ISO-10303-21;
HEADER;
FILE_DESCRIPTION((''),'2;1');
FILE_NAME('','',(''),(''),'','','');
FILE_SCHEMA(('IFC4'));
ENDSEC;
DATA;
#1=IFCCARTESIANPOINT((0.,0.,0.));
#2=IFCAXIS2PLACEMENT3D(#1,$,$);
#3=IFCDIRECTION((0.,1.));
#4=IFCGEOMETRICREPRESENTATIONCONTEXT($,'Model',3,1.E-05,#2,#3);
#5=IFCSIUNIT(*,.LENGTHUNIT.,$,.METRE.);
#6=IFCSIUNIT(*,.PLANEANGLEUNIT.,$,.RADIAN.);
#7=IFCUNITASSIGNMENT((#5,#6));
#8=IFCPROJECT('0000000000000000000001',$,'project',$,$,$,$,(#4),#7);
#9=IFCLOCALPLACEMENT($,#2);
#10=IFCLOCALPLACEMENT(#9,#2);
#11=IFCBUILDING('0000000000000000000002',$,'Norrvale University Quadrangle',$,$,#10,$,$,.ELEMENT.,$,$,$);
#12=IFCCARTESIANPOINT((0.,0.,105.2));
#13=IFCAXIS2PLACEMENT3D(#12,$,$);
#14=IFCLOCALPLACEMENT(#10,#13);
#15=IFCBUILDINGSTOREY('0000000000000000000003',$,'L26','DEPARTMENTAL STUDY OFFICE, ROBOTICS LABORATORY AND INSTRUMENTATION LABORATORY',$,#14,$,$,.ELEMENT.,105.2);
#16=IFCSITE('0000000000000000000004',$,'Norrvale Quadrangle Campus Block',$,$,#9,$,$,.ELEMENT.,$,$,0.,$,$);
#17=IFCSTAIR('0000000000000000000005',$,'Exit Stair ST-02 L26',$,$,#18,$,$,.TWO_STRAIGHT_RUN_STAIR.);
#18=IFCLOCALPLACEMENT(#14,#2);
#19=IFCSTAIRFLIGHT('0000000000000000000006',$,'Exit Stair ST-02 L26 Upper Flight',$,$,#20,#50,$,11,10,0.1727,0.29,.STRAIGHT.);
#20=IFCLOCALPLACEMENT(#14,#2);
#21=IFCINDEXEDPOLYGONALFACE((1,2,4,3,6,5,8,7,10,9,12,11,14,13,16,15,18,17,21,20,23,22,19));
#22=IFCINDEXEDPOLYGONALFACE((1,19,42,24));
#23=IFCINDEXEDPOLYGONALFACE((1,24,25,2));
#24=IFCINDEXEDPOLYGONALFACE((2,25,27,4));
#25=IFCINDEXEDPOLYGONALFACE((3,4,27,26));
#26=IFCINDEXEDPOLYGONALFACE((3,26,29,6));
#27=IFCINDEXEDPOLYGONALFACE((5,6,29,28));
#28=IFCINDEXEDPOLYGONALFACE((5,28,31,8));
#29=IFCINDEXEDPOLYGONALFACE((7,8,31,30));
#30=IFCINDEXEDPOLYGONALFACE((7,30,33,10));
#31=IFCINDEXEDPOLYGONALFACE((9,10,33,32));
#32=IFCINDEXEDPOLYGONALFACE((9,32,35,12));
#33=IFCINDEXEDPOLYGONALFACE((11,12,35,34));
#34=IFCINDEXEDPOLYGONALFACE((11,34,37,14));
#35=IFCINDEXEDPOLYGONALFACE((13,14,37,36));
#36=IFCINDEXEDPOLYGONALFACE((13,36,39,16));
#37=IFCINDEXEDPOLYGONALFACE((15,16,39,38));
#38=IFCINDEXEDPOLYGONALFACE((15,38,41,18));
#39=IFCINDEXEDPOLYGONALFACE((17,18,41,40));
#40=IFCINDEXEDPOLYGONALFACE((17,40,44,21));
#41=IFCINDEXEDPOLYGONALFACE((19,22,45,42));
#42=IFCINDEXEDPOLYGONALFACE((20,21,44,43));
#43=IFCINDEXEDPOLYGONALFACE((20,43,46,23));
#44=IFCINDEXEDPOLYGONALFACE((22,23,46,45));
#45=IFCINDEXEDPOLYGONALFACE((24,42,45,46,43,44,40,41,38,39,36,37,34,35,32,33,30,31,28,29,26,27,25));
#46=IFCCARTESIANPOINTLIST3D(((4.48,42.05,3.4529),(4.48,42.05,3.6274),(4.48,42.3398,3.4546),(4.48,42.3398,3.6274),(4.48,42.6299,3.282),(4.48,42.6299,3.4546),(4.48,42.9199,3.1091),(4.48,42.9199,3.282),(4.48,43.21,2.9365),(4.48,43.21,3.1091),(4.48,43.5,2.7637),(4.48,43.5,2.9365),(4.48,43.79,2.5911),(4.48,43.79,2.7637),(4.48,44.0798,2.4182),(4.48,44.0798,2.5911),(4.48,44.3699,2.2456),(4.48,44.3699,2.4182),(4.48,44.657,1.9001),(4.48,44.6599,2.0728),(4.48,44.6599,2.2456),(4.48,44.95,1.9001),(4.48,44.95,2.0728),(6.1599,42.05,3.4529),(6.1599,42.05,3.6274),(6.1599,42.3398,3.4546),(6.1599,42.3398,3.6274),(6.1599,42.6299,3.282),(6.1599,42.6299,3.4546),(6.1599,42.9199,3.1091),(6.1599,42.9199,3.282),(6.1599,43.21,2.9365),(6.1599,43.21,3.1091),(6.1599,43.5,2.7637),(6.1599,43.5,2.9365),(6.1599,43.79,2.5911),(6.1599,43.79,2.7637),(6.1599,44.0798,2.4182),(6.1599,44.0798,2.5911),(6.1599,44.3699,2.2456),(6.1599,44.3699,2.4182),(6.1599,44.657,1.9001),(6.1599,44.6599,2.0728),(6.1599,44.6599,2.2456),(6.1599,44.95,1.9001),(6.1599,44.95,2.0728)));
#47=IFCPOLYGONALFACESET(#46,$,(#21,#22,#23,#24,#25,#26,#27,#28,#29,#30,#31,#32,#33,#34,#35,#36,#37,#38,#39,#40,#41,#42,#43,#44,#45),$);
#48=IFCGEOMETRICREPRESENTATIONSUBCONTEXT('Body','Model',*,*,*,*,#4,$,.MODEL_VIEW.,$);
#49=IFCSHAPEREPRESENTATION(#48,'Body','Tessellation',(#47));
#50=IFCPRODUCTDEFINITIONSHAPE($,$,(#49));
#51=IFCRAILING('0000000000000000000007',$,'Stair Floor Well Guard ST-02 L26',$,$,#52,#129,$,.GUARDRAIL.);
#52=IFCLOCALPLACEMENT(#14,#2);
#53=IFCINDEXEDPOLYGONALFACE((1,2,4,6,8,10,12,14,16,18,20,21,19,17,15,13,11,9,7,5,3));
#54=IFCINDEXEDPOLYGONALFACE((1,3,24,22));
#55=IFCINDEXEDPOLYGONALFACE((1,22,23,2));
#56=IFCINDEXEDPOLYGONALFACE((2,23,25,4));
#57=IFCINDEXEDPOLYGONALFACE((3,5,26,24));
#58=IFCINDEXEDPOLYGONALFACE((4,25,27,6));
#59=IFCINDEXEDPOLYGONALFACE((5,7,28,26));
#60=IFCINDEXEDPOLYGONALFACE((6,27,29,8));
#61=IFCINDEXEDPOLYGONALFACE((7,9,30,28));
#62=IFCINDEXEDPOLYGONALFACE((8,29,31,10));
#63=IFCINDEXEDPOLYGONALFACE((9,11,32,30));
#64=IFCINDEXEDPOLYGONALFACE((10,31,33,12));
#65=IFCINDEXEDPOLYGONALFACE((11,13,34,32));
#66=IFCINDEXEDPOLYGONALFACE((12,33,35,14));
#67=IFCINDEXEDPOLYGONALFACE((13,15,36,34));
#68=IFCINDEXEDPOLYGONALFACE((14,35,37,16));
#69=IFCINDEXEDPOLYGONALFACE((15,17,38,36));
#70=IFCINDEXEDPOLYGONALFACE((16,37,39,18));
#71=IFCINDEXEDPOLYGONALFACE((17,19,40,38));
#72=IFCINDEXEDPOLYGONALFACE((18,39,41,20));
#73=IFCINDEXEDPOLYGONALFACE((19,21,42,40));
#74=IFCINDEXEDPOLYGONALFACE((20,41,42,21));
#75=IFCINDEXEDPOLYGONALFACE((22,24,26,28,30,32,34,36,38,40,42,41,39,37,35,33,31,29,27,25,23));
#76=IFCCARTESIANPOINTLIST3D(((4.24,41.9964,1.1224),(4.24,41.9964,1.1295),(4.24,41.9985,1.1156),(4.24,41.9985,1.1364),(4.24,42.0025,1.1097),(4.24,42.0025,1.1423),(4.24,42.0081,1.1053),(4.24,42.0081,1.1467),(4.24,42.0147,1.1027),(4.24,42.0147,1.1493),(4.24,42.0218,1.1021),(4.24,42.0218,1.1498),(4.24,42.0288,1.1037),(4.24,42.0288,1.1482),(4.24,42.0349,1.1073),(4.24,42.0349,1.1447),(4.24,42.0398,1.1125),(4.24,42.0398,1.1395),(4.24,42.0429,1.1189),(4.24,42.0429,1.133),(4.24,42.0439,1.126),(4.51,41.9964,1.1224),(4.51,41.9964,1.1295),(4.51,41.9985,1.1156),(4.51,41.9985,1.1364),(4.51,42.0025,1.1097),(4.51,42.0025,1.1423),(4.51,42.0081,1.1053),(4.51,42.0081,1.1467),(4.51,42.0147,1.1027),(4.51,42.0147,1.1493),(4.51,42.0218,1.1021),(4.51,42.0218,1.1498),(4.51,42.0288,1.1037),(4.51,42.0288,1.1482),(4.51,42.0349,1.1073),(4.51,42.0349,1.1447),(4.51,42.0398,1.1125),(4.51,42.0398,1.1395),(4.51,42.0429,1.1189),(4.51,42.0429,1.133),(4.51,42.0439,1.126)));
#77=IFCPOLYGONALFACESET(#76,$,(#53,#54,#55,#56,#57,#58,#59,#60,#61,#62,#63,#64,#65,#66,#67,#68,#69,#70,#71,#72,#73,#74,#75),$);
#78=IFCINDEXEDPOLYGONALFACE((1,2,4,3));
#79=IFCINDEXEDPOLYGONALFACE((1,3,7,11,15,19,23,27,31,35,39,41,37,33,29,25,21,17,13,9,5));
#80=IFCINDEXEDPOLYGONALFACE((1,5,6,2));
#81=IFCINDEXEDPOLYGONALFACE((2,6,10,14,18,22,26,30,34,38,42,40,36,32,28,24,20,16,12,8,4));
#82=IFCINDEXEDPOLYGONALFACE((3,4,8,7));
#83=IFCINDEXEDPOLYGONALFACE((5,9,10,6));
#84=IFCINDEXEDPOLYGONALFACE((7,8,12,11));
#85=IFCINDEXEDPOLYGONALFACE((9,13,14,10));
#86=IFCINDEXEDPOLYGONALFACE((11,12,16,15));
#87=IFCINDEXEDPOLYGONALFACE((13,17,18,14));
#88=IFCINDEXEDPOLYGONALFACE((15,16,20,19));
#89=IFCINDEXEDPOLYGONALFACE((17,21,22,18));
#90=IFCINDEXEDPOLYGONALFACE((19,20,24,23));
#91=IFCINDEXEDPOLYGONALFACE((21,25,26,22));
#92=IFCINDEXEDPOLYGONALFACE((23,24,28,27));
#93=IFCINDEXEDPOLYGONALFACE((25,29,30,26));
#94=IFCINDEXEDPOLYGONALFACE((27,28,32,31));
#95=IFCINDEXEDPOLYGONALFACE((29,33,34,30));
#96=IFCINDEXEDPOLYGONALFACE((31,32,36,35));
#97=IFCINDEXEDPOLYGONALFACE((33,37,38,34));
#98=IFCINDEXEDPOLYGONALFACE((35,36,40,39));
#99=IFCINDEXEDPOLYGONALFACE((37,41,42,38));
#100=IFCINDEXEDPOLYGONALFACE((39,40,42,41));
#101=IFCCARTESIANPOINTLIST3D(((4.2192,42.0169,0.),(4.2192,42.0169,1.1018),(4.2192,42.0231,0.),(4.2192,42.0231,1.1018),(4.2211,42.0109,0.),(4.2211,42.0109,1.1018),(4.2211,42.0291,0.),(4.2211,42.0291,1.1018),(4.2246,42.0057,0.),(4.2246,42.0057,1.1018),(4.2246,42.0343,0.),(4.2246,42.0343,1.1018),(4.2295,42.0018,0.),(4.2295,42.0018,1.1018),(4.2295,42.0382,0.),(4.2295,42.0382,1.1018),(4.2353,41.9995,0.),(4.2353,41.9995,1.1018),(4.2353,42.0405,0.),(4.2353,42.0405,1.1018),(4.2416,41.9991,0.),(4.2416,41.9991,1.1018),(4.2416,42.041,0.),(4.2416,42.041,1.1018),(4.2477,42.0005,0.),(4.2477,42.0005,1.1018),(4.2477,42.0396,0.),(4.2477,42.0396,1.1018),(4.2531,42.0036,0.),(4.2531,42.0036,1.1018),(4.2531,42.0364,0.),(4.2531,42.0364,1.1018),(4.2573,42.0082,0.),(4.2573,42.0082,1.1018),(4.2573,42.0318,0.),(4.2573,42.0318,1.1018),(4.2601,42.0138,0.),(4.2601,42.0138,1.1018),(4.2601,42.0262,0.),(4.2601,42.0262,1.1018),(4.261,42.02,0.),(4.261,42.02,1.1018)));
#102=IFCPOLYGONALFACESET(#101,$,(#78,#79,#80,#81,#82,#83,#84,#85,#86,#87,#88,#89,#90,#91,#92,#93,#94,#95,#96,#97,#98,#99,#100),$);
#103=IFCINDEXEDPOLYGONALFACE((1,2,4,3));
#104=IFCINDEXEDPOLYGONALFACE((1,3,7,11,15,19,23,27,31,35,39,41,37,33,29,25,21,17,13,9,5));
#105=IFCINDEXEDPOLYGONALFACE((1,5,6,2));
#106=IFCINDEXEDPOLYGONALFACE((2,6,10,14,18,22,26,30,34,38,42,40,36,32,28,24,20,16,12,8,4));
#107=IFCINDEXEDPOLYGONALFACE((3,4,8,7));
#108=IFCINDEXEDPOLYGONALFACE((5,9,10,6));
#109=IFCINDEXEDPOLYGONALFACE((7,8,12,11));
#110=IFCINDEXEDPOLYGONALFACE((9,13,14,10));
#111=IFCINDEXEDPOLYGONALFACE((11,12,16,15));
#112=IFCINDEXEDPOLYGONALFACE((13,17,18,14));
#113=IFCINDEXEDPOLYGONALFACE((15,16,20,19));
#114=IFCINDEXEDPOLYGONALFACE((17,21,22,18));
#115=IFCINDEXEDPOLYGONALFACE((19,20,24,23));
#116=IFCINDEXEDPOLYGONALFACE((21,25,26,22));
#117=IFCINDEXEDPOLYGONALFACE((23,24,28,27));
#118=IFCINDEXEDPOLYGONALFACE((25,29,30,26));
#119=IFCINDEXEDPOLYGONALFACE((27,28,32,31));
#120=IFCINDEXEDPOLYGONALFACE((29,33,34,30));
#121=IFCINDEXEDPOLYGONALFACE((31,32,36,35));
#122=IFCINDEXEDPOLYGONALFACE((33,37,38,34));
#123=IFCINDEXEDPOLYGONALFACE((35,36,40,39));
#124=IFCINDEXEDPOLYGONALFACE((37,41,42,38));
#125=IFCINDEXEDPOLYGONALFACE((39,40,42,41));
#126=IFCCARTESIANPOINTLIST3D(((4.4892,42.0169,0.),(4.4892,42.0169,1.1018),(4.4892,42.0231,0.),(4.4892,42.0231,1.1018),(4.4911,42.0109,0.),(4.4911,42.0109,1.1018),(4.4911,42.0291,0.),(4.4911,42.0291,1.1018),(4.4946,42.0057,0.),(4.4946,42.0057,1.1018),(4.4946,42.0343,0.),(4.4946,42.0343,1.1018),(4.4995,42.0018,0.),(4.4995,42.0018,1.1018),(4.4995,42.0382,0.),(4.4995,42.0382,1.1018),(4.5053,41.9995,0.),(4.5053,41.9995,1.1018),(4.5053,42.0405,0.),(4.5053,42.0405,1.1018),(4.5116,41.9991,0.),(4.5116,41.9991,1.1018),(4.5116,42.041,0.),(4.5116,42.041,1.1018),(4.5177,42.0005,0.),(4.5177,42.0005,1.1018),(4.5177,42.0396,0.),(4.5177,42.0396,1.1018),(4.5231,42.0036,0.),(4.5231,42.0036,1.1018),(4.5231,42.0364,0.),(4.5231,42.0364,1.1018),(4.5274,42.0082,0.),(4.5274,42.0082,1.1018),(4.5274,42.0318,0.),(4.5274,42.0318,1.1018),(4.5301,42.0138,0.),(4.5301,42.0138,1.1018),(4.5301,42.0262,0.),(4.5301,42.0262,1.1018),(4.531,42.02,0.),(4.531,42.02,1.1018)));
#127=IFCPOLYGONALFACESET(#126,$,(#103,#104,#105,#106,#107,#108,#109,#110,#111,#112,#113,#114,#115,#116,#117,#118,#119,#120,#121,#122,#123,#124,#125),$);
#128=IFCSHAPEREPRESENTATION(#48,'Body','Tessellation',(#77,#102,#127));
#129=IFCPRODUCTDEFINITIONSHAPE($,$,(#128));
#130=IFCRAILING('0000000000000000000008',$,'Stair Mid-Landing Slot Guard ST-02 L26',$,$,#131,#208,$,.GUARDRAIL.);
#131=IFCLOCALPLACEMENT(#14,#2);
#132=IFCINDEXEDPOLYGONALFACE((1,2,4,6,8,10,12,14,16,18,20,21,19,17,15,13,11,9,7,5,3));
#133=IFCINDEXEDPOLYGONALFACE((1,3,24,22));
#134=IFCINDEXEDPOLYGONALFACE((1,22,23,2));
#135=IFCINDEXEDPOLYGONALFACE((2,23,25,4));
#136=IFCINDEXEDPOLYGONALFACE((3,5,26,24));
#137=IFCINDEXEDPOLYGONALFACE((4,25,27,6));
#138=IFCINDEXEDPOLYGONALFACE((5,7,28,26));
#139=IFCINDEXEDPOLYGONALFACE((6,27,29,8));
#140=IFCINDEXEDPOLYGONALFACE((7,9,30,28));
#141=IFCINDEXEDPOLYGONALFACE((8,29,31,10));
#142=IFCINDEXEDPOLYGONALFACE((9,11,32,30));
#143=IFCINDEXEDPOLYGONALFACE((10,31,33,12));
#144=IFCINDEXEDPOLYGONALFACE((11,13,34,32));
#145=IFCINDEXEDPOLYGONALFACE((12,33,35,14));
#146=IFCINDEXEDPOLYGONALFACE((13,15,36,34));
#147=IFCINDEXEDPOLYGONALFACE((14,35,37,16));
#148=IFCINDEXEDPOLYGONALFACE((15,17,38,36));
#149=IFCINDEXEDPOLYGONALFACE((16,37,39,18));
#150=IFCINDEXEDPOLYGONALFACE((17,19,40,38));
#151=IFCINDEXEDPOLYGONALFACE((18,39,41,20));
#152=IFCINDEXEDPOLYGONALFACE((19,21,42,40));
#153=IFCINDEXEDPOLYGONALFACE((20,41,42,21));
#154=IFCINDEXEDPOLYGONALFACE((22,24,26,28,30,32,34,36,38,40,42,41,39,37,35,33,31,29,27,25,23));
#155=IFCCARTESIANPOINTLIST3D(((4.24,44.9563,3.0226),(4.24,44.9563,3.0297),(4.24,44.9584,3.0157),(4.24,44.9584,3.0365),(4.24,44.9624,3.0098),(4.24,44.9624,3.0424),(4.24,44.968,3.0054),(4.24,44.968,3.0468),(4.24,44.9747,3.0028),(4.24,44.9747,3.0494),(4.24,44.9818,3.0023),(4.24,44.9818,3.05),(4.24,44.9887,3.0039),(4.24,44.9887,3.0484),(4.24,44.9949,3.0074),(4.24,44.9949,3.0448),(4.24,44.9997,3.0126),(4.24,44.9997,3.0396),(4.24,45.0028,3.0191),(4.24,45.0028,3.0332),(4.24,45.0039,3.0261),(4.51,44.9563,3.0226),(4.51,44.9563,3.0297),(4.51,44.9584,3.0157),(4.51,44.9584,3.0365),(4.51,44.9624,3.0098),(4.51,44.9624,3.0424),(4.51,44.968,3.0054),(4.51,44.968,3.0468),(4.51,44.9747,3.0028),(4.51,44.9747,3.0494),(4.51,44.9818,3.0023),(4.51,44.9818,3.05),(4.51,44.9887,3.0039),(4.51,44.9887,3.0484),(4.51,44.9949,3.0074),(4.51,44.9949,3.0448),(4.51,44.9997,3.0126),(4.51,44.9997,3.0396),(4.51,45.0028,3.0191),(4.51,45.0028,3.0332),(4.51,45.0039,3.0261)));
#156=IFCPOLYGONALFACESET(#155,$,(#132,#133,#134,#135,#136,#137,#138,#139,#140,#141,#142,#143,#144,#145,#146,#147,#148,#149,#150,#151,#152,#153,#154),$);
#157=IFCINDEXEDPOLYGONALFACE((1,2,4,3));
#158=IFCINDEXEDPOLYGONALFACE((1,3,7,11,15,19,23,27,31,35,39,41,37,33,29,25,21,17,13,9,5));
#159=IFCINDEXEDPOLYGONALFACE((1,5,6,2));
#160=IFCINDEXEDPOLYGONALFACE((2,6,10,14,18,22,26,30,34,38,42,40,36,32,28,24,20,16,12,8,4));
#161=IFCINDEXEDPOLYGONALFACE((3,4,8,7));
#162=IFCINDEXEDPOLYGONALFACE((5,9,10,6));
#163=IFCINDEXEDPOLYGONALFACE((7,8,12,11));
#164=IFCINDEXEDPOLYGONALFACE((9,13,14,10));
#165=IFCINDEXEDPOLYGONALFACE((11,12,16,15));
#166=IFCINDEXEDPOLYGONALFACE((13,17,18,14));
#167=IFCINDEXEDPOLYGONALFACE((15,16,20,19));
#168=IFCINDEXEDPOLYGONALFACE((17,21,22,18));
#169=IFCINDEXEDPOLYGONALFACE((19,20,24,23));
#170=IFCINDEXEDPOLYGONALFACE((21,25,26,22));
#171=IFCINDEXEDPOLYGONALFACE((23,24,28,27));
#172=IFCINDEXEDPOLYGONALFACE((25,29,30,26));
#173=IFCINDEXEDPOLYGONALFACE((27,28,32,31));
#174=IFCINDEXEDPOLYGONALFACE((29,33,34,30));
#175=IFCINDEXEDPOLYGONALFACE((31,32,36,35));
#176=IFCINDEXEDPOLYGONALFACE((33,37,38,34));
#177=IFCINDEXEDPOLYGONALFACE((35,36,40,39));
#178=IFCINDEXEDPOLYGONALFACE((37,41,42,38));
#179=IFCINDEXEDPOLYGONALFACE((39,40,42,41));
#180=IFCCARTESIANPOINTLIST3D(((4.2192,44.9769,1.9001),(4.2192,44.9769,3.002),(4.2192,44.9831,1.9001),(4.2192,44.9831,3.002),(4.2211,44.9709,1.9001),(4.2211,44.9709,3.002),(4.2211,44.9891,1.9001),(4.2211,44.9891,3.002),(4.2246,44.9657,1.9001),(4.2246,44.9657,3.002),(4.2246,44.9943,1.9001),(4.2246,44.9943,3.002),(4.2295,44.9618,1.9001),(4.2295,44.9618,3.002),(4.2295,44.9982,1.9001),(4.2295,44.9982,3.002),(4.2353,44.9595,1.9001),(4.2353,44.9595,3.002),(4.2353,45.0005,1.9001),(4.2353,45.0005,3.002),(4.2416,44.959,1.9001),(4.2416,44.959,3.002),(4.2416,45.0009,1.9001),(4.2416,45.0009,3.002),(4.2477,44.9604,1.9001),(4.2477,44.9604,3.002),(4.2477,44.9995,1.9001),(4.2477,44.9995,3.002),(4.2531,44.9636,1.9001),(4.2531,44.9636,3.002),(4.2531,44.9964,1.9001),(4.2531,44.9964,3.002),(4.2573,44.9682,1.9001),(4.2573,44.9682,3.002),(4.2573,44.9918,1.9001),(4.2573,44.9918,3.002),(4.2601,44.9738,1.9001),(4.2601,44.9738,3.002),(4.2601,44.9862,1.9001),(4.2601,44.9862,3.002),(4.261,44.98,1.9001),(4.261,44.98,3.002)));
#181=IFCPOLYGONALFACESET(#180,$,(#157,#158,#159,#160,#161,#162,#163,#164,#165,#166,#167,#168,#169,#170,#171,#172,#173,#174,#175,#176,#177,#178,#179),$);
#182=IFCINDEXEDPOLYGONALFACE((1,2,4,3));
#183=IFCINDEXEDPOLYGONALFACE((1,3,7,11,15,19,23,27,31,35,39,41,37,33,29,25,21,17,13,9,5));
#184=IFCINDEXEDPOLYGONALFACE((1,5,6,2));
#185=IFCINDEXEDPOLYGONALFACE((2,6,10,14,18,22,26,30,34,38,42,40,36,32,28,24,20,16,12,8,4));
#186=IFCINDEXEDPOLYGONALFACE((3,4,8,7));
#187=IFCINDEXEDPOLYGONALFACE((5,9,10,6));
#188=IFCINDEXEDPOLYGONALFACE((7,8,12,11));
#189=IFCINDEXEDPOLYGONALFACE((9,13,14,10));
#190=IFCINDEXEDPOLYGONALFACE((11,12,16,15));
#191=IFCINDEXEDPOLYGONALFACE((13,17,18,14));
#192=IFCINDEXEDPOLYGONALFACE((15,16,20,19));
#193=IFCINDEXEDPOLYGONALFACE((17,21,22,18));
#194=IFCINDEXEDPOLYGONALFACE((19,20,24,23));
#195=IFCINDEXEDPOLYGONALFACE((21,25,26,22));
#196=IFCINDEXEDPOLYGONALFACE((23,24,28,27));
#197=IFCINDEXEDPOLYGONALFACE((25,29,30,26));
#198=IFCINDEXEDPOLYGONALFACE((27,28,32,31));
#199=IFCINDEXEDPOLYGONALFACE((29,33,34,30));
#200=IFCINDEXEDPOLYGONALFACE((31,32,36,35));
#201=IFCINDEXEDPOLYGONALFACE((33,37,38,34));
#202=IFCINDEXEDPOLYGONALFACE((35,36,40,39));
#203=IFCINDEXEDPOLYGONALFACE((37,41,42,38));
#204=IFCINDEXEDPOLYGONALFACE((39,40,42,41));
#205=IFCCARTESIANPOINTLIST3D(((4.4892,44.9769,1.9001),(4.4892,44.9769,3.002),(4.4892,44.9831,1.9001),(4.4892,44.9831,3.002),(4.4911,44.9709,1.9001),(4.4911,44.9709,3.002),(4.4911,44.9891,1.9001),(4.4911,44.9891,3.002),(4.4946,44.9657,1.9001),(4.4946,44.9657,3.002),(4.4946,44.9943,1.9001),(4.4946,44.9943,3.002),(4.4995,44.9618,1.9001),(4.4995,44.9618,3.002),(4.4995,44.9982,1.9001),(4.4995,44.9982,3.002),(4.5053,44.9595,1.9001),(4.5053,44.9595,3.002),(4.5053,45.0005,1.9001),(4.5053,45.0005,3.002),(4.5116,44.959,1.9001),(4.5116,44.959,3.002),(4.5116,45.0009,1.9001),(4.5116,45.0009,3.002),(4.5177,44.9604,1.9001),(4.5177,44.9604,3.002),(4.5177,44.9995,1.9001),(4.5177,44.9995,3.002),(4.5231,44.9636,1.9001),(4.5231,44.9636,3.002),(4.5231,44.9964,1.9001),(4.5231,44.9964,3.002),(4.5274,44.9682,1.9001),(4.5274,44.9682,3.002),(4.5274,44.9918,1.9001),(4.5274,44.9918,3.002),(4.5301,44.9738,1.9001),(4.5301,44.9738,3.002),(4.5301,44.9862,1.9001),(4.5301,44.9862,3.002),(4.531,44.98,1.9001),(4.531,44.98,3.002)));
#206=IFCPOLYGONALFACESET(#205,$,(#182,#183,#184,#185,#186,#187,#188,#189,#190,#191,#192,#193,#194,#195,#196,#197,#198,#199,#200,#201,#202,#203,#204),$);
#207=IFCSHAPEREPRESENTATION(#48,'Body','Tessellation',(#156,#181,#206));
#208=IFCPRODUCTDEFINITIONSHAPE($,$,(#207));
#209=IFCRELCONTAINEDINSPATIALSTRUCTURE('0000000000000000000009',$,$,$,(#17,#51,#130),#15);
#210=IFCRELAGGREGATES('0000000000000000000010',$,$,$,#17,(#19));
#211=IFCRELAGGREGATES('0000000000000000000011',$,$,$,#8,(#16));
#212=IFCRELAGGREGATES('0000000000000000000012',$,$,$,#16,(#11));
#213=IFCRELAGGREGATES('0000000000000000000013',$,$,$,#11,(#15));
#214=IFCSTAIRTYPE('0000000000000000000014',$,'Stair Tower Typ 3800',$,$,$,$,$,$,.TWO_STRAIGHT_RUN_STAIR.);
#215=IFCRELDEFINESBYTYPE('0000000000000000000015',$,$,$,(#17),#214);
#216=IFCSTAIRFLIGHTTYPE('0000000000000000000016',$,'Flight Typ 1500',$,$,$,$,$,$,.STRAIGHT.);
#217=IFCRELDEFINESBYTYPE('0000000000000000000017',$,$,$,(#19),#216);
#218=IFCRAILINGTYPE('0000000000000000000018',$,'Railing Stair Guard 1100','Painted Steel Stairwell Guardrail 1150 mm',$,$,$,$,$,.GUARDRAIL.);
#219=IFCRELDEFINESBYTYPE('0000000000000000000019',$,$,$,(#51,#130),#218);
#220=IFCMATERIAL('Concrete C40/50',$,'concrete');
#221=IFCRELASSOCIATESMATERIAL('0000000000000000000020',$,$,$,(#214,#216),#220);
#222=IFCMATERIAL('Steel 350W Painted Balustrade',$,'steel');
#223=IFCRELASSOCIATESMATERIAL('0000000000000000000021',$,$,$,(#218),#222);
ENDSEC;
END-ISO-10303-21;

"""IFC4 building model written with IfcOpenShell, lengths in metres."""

from ifc_helpers import new_model, si_unit, direction, frame, origin, origin_2d, place, context, subcontext, project, spatial, polyline, circle, outline, extrude, material, type_object, element, aggregate, save


model = new_model("IFC4")

# Units and contexts
model_context = context("Model", 3, precision=1e-05, world=origin(), true_north=direction((0.0, 1.0)))
body_context = subcontext(model_context, "Body", "Model", "MODEL_VIEW")
ifc_project = project(units=[si_unit("LENGTHUNIT", "METRE"), si_unit("PLANEANGLEUNIT", "RADIAN")], contexts=[model_context])

# Site, building, storey
site_placement = place(None, origin())
site = spatial("IfcSite", under=ifc_project, at=site_placement, Name="Norrvale Quadrangle Campus Block", CompositionType="ELEMENT", RefElevation=0.0)
building_placement = place(site_placement, origin())
building = spatial("IfcBuilding", under=site, at=building_placement, Name="Norrvale University Quadrangle", CompositionType="ELEMENT")
storey_placement = place(building_placement, frame((0.0, 0.0, 105.2)))
storey = spatial("IfcBuildingStorey", under=building, at=storey_placement, Name="L26", Description="DEPARTMENTAL STUDY OFFICE, ROBOTICS LABORATORY AND INSTRUMENTATION LABORATORY", CompositionType="ELEMENT", Elevation=105.2)

# Stair, stair flight
ifc_material_1 = material(Name="Concrete C40/50", Category="concrete")
stair_type = type_object("IfcStairType", Name="Stair Tower Typ 3800", PredefinedType="TWO_STRAIGHT_RUN_STAIR", material=ifc_material_1)
stair_placement = place(storey_placement, origin())
stair = element("IfcStair", 1, at=stair_placement, inside=storey, type_object=stair_type, Name="Exit Stair ST-02 L26", PredefinedType="TWO_STRAIGHT_RUN_STAIR")
stair_flight_type = type_object("IfcStairFlightType", Name="Flight Typ 1500", PredefinedType="STRAIGHT", material=ifc_material_1)
stair_flight_1_placement = place(storey_placement, frame((5.3201, 44.95, 1.9001), z_axis=(0.0, 0.0, 1.0), x_axis=(0.0, -1.0, 0.0)))
stair_flight_1 = element("IfcStairFlight", 2, at=stair_flight_1_placement, type_object=stair_flight_type, Name="Exit Stair ST-02 L26 Upper Flight", NumberOfRisers=11, NumberOfTreads=10, PredefinedType="STRAIGHT", RiserHeight=0.1727, TreadLength=0.29, context=body_context, shape_type="SweptSolid", body=[
    extrude(outline(polyline([(0.0, 0.0), (0.0, 0.1726), (0.29, 0.1726), (0.29, 0.3455), (0.5801, 0.3455), (0.5801, 0.5181), (0.8701, 0.5181), (0.8701, 0.6909), (1.1599, 0.6909), (1.1599, 0.8635), (1.45, 0.8635), (1.45, 1.0364), (1.74, 1.0364), (1.74, 1.209), (2.03, 1.209), (2.03, 1.3818), (2.3201, 1.3818), (2.3201, 1.5544), (2.6101, 1.5544), (2.6101, 1.7273), (2.8999, 1.7273), (2.8999, 1.8999), (2.8999, 1.5527), (0.293, 0.0), (0.0, 0.0)])), frame((0.0, 0.8398, 0.0), z_axis=(0.0, -1.0, 0.0), x_axis=(1.0, 0.0, 0.0)), (0.0, 0.0, 1.0), 1.6799),
])
aggregate(stair, [stair_flight_1])

# Railings
ifc_material_2 = material(Name="Steel 350W Painted Balustrade", Category="steel")
railing_type_1 = type_object("IfcRailingType", Name="Railing Stair Guard 1100", Description="Painted Steel Stairwell Guardrail 1150 mm", PredefinedType="GUARDRAIL", material=ifc_material_2)
for number, where, name in (
    (3, (4.24, 42.02, 0.0), "Stair Floor Well Guard ST-02 L26"),
    (4, (4.24, 44.98, 1.9001), "Stair Mid-Landing Slot Guard ST-02 L26"),
):
    element("IfcRailing", number, at=place(storey_placement, frame(where)), inside=storey, type_object=railing_type_1, Name=name, PredefinedType="GUARDRAIL", context=body_context, shape_type="SweptSolid", body=[
        extrude(circle(Radius=0.0239, at=origin_2d()), frame((0.0, 0.0, 1.126), z_axis=(1.0, 0.0, 0.0), x_axis=(0.0, 1.0, 0.0)), (0.0, 0.0, 1.0), 0.27),
        extrude(circle(Radius=0.021, at=origin_2d()), origin(), (0.0, 0.0, 1.0), 1.1018),
        extrude(circle(Radius=0.021, at=origin_2d()), frame((0.27, 0.0, 0.0)), (0.0, 0.0, 1.0), 1.1018),
    ])

save(model, "model.ifc")
